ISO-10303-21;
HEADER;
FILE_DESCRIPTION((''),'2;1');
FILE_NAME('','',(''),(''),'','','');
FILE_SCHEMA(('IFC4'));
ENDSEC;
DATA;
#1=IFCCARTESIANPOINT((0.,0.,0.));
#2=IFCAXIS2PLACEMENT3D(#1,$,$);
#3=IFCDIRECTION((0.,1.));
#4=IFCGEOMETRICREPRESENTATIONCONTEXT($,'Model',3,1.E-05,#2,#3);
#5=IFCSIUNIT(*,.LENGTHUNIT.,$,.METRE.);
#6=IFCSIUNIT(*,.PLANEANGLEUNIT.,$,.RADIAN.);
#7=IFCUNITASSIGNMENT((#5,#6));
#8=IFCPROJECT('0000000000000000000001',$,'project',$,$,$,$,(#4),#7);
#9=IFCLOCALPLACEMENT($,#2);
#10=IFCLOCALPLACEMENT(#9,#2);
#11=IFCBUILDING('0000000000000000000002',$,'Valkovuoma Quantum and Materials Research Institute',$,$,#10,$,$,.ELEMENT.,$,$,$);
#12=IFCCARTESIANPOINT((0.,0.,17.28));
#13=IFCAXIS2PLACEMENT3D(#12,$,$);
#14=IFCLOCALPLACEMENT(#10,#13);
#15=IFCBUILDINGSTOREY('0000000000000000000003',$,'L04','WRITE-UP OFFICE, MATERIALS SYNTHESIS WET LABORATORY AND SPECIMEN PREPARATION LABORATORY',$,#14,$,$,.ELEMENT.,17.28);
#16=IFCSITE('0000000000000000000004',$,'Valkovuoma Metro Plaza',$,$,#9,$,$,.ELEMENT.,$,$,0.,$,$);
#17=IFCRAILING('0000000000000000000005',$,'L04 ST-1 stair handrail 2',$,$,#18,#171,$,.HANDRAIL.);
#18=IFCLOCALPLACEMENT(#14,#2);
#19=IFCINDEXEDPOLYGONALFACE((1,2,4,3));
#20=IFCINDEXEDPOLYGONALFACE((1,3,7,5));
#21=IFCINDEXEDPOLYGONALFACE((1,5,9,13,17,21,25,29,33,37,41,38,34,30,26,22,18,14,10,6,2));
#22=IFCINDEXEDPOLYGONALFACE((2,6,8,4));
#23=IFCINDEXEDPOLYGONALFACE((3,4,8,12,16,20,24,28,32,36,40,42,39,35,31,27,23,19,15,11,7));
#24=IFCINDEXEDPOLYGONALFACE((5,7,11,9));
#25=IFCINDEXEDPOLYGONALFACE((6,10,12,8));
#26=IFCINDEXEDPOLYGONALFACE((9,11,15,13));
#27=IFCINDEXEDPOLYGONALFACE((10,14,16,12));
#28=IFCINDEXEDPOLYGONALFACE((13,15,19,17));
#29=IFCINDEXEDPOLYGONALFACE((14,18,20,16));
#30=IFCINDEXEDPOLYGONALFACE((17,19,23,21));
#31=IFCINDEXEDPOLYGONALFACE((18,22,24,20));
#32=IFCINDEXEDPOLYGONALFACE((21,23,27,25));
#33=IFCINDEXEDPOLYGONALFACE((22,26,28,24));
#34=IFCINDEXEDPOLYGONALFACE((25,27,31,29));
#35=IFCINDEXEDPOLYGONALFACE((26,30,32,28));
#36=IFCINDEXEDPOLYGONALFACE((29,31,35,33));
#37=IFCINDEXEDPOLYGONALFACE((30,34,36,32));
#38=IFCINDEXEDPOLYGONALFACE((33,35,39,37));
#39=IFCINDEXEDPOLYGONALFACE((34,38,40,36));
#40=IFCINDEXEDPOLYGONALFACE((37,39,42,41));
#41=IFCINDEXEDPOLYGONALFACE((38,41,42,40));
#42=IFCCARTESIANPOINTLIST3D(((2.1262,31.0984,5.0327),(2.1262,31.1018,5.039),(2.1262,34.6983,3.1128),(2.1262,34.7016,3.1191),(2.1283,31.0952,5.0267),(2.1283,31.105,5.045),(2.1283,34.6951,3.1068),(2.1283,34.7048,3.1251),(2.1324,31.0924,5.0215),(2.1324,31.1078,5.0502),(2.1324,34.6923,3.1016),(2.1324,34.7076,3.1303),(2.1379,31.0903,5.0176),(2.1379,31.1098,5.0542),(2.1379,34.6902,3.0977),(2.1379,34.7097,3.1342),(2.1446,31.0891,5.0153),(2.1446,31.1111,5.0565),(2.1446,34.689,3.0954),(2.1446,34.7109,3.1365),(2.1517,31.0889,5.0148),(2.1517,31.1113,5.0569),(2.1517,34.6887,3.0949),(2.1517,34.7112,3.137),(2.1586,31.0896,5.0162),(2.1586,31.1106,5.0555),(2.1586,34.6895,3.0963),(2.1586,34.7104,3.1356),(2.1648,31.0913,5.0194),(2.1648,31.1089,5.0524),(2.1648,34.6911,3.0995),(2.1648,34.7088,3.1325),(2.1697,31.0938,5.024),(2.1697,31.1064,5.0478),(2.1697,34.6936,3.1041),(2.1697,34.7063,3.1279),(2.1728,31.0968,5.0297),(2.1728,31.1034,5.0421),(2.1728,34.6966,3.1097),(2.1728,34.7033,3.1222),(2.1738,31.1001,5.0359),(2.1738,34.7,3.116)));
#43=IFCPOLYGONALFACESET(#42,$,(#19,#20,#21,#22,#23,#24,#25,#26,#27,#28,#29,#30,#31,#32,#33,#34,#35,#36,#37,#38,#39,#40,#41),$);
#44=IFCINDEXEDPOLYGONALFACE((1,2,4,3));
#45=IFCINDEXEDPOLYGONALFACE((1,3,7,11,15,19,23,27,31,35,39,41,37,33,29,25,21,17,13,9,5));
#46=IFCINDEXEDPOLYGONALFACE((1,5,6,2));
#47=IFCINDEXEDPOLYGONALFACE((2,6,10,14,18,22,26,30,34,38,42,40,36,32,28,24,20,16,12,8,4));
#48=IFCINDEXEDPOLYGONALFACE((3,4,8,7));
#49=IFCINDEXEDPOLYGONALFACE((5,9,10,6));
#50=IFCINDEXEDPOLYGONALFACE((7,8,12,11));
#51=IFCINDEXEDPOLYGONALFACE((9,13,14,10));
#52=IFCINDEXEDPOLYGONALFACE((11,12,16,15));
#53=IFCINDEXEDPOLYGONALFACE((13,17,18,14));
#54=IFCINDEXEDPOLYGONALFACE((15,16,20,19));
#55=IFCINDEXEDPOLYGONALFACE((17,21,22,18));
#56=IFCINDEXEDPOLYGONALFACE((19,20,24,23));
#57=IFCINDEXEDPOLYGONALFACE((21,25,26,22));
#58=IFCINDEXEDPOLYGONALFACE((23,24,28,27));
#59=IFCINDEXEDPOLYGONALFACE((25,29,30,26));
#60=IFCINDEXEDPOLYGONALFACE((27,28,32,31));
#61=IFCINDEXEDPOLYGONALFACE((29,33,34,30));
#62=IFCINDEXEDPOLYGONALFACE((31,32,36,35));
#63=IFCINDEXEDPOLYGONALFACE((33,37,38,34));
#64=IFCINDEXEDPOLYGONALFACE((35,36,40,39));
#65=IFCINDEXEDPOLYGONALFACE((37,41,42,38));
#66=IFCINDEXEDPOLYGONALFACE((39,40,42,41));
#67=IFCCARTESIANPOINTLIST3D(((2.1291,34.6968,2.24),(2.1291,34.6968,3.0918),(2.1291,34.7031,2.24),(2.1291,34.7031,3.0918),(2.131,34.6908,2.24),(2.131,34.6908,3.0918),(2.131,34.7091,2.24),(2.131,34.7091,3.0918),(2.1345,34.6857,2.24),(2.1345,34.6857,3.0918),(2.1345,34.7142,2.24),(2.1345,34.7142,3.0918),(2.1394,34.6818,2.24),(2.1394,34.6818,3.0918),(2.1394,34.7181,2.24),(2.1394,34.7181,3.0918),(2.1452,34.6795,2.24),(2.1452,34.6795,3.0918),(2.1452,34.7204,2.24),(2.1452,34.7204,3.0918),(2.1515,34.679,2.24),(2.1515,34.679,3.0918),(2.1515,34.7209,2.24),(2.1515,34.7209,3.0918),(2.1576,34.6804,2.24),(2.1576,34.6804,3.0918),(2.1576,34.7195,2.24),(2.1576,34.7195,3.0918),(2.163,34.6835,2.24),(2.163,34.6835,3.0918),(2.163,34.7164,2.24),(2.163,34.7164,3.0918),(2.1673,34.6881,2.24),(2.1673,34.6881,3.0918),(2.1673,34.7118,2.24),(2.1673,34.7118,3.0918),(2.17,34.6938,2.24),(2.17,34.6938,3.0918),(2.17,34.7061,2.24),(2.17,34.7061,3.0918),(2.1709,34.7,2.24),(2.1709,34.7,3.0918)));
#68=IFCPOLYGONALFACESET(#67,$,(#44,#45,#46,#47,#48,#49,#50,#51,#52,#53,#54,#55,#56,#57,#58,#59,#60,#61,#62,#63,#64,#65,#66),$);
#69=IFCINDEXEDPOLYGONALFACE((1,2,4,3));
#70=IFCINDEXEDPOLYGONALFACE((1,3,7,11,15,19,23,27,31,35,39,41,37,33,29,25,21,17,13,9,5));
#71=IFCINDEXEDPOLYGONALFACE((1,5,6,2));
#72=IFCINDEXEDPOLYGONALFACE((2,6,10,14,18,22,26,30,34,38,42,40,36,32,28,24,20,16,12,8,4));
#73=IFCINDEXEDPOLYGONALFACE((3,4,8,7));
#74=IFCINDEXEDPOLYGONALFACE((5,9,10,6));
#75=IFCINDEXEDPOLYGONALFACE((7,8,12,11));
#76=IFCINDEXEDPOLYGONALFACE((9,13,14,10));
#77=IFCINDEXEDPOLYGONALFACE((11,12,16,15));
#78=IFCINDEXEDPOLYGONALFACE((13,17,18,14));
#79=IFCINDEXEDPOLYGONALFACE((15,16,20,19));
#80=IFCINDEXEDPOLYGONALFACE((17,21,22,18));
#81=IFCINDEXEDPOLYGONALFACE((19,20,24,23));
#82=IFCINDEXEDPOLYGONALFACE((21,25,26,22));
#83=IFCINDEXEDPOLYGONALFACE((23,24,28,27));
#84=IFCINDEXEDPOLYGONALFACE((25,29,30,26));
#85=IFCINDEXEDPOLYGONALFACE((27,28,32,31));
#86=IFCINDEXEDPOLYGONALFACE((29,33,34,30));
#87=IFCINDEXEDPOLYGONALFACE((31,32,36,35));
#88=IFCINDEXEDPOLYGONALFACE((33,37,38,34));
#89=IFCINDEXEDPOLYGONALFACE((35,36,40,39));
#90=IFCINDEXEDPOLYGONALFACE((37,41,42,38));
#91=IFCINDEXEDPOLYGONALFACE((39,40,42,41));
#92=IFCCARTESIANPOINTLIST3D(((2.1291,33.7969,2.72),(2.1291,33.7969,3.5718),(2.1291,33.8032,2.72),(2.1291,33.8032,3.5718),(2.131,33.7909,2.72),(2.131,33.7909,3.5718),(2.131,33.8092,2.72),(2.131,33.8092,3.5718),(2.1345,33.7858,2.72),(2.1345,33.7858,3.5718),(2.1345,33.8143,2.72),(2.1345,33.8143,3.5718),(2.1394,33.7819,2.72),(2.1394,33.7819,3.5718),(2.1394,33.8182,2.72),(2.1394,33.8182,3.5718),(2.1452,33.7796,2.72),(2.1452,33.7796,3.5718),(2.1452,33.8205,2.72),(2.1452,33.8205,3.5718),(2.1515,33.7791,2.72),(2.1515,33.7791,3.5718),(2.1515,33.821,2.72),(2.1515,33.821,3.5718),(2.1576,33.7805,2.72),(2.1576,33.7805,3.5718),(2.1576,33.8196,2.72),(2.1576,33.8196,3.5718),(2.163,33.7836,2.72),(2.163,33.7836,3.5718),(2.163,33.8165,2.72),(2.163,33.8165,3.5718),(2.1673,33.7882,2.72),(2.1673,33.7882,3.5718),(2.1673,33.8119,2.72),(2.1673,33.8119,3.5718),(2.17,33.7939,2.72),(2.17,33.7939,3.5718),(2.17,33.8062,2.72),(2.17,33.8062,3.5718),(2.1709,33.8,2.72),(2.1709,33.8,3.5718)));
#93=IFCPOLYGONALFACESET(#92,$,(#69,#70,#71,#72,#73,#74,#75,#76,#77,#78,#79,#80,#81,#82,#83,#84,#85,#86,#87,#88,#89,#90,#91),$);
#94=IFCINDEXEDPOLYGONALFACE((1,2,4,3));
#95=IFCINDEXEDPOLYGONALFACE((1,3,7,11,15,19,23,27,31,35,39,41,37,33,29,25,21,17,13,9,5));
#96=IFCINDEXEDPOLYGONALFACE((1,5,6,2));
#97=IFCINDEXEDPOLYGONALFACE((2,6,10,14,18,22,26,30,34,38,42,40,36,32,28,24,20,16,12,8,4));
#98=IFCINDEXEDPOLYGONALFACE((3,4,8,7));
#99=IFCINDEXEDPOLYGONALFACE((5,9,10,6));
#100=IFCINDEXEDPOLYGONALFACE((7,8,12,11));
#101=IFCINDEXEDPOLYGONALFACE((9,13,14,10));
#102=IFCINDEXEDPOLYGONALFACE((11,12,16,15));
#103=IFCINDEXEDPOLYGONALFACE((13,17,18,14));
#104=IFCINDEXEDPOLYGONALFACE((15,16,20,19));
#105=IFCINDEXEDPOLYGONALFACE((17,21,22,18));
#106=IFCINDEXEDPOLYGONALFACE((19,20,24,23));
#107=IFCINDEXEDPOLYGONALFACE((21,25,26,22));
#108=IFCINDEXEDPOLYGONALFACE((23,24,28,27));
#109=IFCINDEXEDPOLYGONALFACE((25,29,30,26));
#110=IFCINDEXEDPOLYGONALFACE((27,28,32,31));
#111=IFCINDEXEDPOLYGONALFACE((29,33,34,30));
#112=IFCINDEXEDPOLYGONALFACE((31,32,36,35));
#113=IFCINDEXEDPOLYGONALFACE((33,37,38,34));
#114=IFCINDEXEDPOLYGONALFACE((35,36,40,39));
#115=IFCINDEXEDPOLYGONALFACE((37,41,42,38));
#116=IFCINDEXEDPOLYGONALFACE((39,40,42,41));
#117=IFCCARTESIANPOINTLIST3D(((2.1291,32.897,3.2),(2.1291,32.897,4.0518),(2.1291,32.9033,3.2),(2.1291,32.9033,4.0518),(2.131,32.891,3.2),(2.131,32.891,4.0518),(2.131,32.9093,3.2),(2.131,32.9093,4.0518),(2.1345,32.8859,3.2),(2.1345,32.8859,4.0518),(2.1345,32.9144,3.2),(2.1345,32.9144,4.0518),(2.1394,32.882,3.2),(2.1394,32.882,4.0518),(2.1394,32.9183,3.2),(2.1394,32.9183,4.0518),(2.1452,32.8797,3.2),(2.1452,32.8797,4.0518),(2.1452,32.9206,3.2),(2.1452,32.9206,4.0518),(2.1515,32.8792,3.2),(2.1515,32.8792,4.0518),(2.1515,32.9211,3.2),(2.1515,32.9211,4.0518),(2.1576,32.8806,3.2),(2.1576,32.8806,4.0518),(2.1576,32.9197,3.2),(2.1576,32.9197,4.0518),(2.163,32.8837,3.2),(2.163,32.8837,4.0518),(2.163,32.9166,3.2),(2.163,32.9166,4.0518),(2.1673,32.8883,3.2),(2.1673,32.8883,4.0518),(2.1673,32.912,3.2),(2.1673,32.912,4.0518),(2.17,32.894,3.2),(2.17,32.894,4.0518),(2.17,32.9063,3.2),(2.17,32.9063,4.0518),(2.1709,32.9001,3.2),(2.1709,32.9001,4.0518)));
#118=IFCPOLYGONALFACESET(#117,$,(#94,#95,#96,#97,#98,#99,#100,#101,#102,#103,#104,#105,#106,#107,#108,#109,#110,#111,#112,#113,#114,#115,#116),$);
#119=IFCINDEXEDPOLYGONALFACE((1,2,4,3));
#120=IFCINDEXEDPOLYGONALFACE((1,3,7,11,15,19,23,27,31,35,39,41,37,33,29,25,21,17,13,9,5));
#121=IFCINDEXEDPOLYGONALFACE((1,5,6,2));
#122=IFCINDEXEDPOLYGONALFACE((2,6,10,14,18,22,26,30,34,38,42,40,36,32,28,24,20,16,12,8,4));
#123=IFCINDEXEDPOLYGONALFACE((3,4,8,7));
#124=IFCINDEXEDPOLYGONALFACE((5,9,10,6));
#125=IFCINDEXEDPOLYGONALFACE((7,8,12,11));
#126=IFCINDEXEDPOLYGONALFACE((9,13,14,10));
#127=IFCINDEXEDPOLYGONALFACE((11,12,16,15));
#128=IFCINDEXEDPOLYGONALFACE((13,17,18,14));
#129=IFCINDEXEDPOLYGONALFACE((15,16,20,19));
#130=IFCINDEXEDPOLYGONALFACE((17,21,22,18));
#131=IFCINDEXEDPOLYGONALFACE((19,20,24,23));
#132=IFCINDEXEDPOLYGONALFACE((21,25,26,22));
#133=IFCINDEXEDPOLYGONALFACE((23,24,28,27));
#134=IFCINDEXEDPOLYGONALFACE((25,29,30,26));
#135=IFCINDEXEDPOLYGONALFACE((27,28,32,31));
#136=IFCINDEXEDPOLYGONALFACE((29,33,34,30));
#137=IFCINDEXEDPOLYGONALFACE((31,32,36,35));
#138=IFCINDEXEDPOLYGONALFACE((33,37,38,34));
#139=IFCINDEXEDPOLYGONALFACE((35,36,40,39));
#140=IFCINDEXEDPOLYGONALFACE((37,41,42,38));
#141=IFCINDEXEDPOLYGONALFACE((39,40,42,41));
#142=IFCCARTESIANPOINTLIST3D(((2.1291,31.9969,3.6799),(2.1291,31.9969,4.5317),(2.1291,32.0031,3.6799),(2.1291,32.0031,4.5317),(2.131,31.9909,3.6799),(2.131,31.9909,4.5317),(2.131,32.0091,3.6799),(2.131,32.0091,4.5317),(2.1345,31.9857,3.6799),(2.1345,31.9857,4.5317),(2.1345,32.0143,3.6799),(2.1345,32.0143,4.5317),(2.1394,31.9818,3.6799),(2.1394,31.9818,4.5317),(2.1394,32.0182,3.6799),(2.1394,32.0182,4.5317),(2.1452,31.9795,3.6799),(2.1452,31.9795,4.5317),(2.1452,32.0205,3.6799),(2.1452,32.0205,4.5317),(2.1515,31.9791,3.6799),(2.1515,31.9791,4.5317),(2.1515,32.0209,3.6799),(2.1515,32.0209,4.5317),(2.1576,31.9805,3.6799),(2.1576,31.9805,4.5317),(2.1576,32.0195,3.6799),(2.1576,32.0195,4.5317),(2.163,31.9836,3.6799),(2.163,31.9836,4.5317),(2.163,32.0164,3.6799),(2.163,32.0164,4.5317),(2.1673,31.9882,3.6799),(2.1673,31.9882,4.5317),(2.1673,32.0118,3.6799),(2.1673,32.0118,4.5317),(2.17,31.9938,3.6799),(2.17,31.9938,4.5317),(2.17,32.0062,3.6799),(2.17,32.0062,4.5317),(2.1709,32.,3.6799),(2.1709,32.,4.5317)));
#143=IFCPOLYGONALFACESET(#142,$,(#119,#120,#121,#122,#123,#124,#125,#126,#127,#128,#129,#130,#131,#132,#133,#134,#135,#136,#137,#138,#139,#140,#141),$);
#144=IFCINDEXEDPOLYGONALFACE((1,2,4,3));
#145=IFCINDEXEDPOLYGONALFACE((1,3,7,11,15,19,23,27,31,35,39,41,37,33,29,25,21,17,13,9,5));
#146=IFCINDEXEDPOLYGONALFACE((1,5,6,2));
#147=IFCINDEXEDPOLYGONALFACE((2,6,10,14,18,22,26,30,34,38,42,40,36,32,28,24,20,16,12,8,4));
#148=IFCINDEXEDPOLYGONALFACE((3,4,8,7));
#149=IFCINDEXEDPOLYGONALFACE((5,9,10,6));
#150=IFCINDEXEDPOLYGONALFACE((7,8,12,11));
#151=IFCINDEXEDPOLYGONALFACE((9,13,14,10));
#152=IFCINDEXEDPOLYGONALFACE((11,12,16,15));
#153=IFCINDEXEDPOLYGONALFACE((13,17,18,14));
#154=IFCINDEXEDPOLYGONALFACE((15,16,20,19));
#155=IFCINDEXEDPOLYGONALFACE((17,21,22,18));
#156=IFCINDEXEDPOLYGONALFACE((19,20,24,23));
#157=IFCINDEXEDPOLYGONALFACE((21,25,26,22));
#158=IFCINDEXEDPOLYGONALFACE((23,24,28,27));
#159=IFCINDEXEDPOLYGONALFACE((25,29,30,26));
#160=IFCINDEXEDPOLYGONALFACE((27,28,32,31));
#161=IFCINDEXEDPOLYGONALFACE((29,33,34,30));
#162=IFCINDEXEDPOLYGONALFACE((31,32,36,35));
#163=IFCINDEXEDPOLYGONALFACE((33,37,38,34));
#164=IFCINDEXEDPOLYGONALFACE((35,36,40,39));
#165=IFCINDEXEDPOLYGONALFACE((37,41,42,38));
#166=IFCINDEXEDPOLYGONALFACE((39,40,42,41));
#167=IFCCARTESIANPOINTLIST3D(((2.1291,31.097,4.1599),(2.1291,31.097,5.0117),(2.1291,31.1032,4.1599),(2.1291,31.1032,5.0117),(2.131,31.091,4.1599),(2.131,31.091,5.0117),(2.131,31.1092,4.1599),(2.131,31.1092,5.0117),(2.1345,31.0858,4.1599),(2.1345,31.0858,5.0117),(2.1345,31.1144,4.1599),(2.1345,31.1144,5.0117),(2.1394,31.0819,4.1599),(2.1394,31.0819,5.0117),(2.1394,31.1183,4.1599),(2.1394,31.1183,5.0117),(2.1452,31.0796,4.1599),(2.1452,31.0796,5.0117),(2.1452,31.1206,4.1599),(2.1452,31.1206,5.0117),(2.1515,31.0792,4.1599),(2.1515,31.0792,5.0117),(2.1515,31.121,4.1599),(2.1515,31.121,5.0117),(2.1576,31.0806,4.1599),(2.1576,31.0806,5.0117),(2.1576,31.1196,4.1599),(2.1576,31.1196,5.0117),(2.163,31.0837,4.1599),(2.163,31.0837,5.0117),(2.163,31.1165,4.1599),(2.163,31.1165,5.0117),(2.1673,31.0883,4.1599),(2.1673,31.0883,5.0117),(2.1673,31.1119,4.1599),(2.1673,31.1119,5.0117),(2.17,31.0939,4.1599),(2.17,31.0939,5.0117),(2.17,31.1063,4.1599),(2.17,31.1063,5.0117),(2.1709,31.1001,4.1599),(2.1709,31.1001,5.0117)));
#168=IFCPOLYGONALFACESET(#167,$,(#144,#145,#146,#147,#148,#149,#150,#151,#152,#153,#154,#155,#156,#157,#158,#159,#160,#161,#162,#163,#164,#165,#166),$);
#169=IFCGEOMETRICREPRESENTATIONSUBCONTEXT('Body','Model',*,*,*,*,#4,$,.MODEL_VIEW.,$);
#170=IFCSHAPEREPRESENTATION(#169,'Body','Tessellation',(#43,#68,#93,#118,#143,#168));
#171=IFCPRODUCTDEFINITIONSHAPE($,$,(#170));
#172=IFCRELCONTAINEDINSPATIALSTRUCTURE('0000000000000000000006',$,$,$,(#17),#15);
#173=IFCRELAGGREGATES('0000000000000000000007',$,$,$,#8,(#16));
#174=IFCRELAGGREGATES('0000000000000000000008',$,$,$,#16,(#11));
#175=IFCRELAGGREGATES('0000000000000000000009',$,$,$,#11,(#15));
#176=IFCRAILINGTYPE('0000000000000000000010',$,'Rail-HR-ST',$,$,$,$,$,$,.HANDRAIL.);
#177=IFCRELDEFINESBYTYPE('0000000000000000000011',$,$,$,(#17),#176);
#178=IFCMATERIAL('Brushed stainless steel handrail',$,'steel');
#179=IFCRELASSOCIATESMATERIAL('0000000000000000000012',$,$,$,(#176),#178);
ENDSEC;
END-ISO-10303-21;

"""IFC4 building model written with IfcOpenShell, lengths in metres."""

from ifc_helpers import new_model, si_unit, direction, frame, origin, origin_2d, place, context, subcontext, project, spatial, circle, extrude, material, type_object, element, save


model = new_model("IFC4")

# Units and contexts
model_context = context("Model", 3, precision=1e-05, world=origin(), true_north=direction((0.0, 1.0)))
body_context = subcontext(model_context, "Body", "Model", "MODEL_VIEW")
ifc_project = project(units=[si_unit("LENGTHUNIT", "METRE"), si_unit("PLANEANGLEUNIT", "RADIAN")], contexts=[model_context])

# Site, building, storey
site_placement = place(None, origin())
site = spatial("IfcSite", under=ifc_project, at=site_placement, Name="Valkovuoma Metro Plaza", CompositionType="ELEMENT", RefElevation=0.0)
building_placement = place(site_placement, origin())
building = spatial("IfcBuilding", under=site, at=building_placement, Name="Valkovuoma Quantum and Materials Research Institute", CompositionType="ELEMENT")
storey_placement = place(building_placement, frame((0.0, 0.0, 17.28)))
storey = spatial("IfcBuildingStorey", under=building, at=storey_placement, Name="L04", Description="WRITE-UP OFFICE, MATERIALS SYNTHESIS WET LABORATORY AND SPECIMEN PREPARATION LABORATORY", CompositionType="ELEMENT", Elevation=17.28)

# Railing
ifc_material_1 = material(Name="Brushed stainless steel handrail", Category="steel")
railing_type_1 = type_object("IfcRailingType", Name="Rail-HR-ST", PredefinedType="HANDRAIL", material=ifc_material_1)
railing_1_placement = place(storey_placement, frame((2.1499, 34.7, 2.24)))
element("IfcRailing", 1, at=railing_1_placement, inside=storey, type_object=railing_type_1, Name="L04 ST-1 stair handrail 2", PredefinedType="HANDRAIL", context=body_context, shape_type="SweptSolid", body=[
    extrude(circle(Radius=0.0239, at=origin_2d()), frame((0.0, 0.0, 0.876), z_axis=(0.0, -0.882353, 0.470588), x_axis=(1.0, 0.0, 0.0)), (0.0, 0.0, 1.0), 4.0798),
    extrude(circle(Radius=0.021, at=origin_2d()), origin(), (0.0, 0.0, 1.0), 0.8518),
    extrude(circle(Radius=0.021, at=origin_2d()), frame((0.0, -0.8999, 0.48)), (0.0, 0.0, 1.0), 0.8518),
    extrude(circle(Radius=0.021, at=origin_2d()), frame((0.0, -1.7998, 0.96)), (0.0, 0.0, 1.0), 0.8518),
    extrude(circle(Radius=0.021, at=origin_2d()), frame((0.0, -2.7, 1.4399)), (0.0, 0.0, 1.0), 0.8518),
    extrude(circle(Radius=0.021, at=origin_2d()), frame((0.0, -3.5999, 1.9199)), (0.0, 0.0, 1.0), 0.8518),
])

save(model, "model.ifc")
